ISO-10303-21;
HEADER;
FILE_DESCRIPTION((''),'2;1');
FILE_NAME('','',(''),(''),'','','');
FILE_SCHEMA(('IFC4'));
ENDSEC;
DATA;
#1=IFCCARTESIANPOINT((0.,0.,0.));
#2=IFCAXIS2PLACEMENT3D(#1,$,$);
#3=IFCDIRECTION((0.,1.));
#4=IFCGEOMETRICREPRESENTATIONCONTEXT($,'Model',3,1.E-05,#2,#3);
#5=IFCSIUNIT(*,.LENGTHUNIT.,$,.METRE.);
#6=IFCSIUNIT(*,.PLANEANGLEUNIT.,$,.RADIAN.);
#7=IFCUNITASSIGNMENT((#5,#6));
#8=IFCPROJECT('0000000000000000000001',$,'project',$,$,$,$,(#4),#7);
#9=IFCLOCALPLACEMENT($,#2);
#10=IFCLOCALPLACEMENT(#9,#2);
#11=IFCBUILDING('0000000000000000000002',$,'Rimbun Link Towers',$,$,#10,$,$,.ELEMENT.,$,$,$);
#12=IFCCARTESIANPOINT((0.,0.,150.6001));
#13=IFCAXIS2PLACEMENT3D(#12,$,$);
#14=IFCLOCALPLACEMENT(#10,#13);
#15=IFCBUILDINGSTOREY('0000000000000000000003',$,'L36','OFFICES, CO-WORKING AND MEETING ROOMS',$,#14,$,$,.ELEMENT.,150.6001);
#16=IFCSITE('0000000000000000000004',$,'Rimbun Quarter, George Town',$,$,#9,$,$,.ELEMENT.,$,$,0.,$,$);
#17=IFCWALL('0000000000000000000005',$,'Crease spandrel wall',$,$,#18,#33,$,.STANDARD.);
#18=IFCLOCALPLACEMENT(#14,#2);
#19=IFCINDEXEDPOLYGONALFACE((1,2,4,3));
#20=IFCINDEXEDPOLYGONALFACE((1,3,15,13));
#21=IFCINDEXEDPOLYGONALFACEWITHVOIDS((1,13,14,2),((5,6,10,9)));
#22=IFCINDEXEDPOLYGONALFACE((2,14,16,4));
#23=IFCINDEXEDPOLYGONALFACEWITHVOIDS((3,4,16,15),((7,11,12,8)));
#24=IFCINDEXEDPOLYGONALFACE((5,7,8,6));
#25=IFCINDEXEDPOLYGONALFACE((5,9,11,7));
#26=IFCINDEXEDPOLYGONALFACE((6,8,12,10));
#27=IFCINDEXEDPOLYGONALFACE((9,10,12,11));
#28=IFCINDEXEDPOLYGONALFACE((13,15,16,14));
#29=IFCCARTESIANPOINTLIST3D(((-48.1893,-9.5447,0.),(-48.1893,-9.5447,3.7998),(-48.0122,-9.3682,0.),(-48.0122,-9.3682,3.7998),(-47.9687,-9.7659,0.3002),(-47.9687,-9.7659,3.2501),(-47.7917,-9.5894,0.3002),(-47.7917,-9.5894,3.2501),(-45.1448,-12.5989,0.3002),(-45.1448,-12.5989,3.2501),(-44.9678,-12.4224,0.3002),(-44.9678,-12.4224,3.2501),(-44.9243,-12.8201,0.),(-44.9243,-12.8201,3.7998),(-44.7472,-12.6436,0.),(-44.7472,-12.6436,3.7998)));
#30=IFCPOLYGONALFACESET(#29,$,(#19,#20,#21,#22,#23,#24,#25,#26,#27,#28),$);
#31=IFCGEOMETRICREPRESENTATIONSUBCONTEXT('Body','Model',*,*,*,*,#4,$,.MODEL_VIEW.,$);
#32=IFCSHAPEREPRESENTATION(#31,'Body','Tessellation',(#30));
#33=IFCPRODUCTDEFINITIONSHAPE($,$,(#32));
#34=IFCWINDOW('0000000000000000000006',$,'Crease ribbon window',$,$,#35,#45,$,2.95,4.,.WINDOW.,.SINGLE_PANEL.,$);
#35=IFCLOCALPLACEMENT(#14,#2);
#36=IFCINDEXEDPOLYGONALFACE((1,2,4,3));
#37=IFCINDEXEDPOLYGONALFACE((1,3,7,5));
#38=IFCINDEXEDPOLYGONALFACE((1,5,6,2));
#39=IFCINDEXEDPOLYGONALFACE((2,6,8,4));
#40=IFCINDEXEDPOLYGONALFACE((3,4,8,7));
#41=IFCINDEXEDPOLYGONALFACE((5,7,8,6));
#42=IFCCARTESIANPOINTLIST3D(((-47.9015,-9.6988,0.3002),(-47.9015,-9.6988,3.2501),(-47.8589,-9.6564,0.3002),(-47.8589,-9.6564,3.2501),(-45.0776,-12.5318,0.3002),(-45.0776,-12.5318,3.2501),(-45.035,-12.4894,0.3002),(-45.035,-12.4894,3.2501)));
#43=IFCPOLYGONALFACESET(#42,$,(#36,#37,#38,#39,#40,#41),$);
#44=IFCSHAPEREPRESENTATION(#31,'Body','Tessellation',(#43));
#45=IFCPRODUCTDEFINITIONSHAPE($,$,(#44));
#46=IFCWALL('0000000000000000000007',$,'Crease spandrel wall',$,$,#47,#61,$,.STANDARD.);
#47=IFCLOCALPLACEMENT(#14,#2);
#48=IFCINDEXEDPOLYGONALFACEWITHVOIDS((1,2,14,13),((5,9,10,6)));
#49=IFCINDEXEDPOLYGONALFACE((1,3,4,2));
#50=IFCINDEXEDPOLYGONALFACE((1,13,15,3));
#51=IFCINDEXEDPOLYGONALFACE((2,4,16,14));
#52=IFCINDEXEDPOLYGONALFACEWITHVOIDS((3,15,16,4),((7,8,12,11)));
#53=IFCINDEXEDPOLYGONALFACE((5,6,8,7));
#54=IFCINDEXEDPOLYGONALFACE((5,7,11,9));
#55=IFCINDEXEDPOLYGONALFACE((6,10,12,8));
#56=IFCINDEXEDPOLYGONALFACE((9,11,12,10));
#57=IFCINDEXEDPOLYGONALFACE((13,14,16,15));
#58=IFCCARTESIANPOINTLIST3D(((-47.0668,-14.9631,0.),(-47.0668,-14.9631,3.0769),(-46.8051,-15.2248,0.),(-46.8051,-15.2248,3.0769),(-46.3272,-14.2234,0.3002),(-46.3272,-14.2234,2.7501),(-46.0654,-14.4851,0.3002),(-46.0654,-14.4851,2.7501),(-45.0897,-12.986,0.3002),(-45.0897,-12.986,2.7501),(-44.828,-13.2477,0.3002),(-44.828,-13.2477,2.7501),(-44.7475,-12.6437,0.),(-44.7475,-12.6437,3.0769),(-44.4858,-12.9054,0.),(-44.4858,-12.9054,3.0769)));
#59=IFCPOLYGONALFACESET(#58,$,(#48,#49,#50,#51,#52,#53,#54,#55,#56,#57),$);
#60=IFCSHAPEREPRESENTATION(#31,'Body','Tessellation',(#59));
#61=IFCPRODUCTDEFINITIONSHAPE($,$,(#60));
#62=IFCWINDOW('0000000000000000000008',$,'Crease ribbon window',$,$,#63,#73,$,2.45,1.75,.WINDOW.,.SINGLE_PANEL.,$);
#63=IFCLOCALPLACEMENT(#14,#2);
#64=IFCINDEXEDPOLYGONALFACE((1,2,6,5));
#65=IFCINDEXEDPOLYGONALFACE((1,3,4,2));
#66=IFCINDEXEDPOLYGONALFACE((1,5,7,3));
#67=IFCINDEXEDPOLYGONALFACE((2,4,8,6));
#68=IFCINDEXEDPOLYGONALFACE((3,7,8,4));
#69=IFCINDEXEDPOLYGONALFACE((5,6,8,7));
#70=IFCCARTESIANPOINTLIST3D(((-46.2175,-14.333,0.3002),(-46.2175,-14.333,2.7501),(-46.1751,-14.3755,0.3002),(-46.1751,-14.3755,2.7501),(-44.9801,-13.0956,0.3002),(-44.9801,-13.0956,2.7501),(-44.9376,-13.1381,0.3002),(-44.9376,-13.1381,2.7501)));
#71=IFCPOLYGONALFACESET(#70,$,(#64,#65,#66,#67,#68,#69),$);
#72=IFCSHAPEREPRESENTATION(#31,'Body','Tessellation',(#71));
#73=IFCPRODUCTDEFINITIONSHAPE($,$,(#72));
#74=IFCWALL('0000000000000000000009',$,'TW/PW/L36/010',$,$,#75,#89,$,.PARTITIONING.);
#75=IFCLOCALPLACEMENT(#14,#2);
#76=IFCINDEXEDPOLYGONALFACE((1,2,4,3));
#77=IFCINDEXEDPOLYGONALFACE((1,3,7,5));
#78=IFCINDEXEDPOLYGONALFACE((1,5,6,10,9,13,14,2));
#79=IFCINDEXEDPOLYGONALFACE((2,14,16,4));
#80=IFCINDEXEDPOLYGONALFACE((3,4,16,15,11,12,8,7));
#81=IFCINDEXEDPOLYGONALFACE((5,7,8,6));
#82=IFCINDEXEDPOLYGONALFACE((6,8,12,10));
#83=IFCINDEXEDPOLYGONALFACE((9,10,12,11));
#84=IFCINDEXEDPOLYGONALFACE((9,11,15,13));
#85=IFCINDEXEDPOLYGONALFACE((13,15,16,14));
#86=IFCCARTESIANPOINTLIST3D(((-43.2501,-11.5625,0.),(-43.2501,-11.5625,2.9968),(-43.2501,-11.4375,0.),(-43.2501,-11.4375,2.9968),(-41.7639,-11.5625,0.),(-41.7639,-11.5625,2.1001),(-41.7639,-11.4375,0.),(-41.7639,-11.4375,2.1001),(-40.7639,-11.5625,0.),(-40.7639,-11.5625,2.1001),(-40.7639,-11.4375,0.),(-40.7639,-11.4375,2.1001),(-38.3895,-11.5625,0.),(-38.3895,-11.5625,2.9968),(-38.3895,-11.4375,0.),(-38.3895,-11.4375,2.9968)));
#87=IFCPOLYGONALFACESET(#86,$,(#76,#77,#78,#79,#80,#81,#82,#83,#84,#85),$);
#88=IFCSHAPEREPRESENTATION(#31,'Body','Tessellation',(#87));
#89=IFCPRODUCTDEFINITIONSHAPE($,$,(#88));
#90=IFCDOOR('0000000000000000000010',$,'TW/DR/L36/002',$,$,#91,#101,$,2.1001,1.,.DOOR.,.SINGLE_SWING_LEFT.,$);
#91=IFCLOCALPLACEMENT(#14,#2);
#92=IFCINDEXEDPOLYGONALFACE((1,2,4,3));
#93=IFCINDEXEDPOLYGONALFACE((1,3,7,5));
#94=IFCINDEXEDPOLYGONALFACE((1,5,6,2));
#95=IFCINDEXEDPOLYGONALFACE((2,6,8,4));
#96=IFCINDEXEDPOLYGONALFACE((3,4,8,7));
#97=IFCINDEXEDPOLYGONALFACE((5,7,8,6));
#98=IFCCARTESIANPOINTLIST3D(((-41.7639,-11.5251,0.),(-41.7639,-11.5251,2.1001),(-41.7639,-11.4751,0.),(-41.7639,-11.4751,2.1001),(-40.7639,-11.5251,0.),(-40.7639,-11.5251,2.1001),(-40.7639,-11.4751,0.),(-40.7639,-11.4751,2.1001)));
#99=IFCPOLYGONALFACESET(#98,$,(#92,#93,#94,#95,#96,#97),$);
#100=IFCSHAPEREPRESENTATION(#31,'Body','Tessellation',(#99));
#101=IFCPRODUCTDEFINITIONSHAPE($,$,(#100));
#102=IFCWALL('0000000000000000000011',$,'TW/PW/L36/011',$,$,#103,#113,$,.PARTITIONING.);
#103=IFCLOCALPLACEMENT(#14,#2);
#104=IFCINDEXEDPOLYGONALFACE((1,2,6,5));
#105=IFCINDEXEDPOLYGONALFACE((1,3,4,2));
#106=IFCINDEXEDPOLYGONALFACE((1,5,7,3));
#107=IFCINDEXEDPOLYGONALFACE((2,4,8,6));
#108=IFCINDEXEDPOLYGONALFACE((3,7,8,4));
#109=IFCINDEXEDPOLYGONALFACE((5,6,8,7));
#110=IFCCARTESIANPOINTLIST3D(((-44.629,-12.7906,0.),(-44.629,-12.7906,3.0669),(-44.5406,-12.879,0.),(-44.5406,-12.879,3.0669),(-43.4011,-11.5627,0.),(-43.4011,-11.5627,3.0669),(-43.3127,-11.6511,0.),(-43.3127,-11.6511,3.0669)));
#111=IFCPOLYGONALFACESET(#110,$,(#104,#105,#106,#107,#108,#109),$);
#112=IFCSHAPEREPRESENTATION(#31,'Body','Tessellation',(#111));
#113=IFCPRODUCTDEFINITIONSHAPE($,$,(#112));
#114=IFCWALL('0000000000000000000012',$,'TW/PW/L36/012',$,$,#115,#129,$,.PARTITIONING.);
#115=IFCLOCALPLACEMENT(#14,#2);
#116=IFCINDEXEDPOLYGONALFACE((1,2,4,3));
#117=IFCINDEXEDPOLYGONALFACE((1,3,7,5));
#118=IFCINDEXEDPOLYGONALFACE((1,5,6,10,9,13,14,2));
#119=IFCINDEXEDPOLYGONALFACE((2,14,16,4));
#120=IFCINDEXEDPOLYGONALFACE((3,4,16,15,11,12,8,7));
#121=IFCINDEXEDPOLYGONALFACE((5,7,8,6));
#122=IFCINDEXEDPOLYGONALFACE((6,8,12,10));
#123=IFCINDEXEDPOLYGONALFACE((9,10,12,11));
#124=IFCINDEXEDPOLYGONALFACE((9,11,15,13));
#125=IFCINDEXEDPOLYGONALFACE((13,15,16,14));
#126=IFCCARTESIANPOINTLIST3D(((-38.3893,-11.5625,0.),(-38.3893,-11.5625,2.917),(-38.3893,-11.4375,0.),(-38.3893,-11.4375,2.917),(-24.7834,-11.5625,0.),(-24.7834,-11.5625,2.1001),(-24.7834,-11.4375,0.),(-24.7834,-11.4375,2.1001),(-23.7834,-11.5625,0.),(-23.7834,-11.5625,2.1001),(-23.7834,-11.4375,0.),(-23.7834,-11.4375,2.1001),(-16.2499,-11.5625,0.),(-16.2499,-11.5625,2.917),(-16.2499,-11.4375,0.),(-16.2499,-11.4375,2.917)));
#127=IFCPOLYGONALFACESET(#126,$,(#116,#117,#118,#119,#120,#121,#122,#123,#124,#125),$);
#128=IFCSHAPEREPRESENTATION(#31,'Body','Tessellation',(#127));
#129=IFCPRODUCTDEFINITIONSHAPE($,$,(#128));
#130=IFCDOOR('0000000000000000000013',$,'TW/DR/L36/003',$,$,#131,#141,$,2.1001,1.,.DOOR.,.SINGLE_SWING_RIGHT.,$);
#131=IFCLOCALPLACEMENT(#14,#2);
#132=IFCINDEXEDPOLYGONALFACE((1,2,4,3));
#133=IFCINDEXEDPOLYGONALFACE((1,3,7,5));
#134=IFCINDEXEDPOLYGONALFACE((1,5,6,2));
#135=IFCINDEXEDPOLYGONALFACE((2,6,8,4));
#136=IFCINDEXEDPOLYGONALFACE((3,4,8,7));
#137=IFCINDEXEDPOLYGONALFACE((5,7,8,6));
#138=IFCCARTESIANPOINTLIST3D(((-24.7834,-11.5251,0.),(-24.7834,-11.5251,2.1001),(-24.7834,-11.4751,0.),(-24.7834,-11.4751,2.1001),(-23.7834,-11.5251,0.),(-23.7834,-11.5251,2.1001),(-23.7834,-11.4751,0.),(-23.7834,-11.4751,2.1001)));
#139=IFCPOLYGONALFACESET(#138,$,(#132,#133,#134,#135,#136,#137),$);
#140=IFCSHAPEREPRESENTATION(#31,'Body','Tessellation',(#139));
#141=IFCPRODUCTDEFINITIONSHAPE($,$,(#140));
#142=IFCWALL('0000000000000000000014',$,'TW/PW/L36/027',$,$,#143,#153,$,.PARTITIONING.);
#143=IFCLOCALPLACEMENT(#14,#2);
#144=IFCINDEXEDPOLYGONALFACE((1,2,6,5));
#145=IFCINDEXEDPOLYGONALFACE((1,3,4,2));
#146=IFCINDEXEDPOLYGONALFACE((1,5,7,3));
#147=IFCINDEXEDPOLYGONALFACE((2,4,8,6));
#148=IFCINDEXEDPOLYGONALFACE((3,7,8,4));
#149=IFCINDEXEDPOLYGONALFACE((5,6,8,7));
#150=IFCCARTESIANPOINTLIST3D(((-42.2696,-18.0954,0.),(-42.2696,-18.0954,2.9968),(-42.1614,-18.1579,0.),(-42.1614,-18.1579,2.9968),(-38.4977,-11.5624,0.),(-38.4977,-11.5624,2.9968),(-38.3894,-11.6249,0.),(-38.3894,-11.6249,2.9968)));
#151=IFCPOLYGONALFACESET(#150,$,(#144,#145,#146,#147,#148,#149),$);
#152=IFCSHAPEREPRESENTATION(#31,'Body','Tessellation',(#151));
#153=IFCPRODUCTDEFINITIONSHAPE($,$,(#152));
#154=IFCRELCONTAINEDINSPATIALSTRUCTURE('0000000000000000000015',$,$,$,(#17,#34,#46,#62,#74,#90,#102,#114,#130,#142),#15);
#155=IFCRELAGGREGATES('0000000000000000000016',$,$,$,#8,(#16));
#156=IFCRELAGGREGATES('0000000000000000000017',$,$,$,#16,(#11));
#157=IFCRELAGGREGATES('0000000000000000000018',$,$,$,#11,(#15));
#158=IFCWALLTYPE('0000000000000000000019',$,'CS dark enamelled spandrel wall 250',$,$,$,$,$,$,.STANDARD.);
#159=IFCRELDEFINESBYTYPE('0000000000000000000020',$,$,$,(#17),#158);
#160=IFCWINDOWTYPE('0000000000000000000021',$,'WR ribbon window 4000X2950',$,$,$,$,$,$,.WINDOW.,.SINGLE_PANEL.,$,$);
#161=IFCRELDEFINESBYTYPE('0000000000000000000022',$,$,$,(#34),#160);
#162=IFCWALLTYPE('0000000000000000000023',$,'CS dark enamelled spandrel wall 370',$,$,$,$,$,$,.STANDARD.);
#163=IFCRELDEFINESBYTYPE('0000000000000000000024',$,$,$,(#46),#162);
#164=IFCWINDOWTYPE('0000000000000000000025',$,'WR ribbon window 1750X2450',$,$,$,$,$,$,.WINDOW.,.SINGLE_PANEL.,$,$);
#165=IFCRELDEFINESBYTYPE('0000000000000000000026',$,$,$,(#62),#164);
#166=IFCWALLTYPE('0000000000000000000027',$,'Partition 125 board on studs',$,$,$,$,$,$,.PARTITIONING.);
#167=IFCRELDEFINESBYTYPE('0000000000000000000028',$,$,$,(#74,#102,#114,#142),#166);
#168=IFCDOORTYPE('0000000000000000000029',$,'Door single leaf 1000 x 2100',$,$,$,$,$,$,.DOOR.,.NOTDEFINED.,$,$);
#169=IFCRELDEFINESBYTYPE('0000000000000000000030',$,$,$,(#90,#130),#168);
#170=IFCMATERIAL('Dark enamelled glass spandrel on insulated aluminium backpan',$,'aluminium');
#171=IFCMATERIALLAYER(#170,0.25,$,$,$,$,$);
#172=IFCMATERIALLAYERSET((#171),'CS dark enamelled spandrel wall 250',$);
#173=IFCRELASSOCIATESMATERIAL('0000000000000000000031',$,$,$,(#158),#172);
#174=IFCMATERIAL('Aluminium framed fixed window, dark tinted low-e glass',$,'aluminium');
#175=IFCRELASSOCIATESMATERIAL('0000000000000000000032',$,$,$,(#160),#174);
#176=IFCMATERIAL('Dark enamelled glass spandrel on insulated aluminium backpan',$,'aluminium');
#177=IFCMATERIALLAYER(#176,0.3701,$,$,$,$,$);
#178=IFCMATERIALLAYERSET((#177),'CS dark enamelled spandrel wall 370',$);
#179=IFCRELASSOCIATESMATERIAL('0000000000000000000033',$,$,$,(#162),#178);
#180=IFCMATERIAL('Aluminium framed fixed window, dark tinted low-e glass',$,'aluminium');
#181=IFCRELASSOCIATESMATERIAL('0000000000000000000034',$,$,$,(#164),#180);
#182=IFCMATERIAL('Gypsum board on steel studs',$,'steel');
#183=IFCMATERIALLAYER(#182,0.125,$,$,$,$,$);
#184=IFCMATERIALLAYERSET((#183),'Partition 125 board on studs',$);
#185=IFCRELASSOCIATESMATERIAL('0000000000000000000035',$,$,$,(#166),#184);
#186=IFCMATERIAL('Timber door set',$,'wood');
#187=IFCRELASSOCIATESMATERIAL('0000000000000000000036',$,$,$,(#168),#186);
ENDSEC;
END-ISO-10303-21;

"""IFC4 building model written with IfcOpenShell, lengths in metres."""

from ifc_helpers import new_model, si_unit, direction, frame, frame_2d, origin, place, context, subcontext, project, spatial, rectangle, extrude, material, layer, layer_set, type_object, element, fill, save


model = new_model("IFC4")

# Units and contexts
model_context = context("Model", 3, precision=1e-05, world=origin(), true_north=direction((0.0, 1.0)))
body_context = subcontext(model_context, "Body", "Model", "MODEL_VIEW")
ifc_project = project(units=[si_unit("LENGTHUNIT", "METRE"), si_unit("PLANEANGLEUNIT", "RADIAN")], contexts=[model_context])

# Site, building, storey
site_placement = place(None, origin())
site = spatial("IfcSite", under=ifc_project, at=site_placement, Name="Rimbun Quarter, George Town", CompositionType="ELEMENT", RefElevation=0.0)
building_placement = place(site_placement, origin())
building = spatial("IfcBuilding", under=site, at=building_placement, Name="Rimbun Link Towers", CompositionType="ELEMENT")
storey_placement = place(building_placement, frame((0.0, 0.0, 150.6001)))
storey = spatial("IfcBuildingStorey", under=building, at=storey_placement, Name="L36", Description="OFFICES, CO-WORKING AND MEETING ROOMS", CompositionType="ELEMENT", Elevation=150.6001)

# Walls, openings, windows
ifc_material_1 = material(Name="Dark enamelled glass spandrel on insulated aluminium backpan", Category="aluminium")
ifc_layer_1 = layer(ifc_material_1, 0.25)
ifc_layer_set_1 = layer_set([ifc_layer_1], Name="CS dark enamelled spandrel wall 250")
wall_type_1 = type_object("IfcWallType", Name="CS dark enamelled spandrel wall 250", PredefinedType="STANDARD", material=ifc_layer_set_1)
wall_1_placement = place(storey_placement, frame((-44.8357, -12.7319, 0.0), z_axis=(0.0, 0.0, 1.0), x_axis=(-0.705971, 0.708241, 0.0)))
wall_1 = element("IfcWall", 1, at=wall_1_placement, inside=storey, type_object=wall_type_1, Name="Crease spandrel wall", PredefinedType="STANDARD", context=body_context, shape_type="SweptSolid", body=[
    extrude(rectangle(XDim=4.6248, YDim=0.25, at=frame_2d((2.3125, 0.0))), origin(), (0.0, 0.0, 1.0), 3.7998),
])
opening_1_placement = place(wall_1_placement, frame((0.3125, 0.0, 0.3)))
opening_1 = element("IfcOpeningElement", 2, at=opening_1_placement, cuts=wall_1, PredefinedType="OPENING", context=body_context, shape_type="SweptSolid", body=[
    extrude(rectangle(XDim=4.0, YDim=2.95, at=frame_2d((2.0, 1.4751))), frame((0.0, 0.135, 0.0), z_axis=(0.0, -1.0, 0.0), x_axis=(1.0, 0.0, 0.0)), (0.0, 0.0, 1.0), 0.27),
])
ifc_material_2 = material(Name="Aluminium framed fixed window, dark tinted low-e glass", Category="aluminium")
window_type_1 = type_object("IfcWindowType", Name="WR ribbon window 4000X2950", PartitioningType="SINGLE_PANEL", PredefinedType="WINDOW", material=ifc_material_2)
window_1_placement = place(opening_1_placement, origin())
window_1 = element("IfcWindow", 3, at=window_1_placement, inside=storey, type_object=window_type_1, Name="Crease ribbon window", OverallHeight=2.95, OverallWidth=4.0, PartitioningType="SINGLE_PANEL", PredefinedType="WINDOW", context=body_context, shape_type="SweptSolid", body=[
    extrude(rectangle(XDim=4.0, YDim=2.95, at=frame_2d((2.0, 1.4751))), frame((0.0, 0.03, 0.0), z_axis=(0.0, -1.0, 0.0), x_axis=(1.0, 0.0, 0.0)), (0.0, 0.0, 1.0), 0.0601),
])
fill(opening_1, window_1)
ifc_material_3 = material(Name="Dark enamelled glass spandrel on insulated aluminium backpan", Category="aluminium")
ifc_layer_2 = layer(ifc_material_3, 0.3701)
ifc_layer_set_2 = layer_set([ifc_layer_2], Name="CS dark enamelled spandrel wall 370")
wall_type_2 = type_object("IfcWallType", Name="CS dark enamelled spandrel wall 370", PredefinedType="STANDARD", material=ifc_layer_set_2)
wall_2_placement = place(storey_placement, frame((-46.936, -15.094, 0.0), z_axis=(0.0, 0.0, 1.0), x_axis=(0.707107, 0.707107, 0.0)))
wall_2 = element("IfcWall", 4, at=wall_2_placement, inside=storey, type_object=wall_type_2, Name="Crease spandrel wall", PredefinedType="STANDARD", context=body_context, shape_type="SweptSolid", body=[
    extrude(rectangle(XDim=3.28, YDim=0.3701, at=frame_2d((1.6401, 0.0))), origin(), (0.0, 0.0, 1.0), 3.0769),
])
opening_2_placement = place(wall_2_placement, frame((1.0461, 0.0, 0.3)))
opening_2 = element("IfcOpeningElement", 5, at=opening_2_placement, cuts=wall_2, PredefinedType="OPENING", context=body_context, shape_type="SweptSolid", body=[
    extrude(rectangle(XDim=1.75, YDim=2.45, at=frame_2d((0.875, 1.2251))), frame((0.0, 0.1951, 0.0), z_axis=(0.0, -1.0, 0.0), x_axis=(1.0, 0.0, 0.0)), (0.0, 0.0, 1.0), 0.3901),
])
ifc_material_4 = material(Name="Aluminium framed fixed window, dark tinted low-e glass", Category="aluminium")
window_type_2 = type_object("IfcWindowType", Name="WR ribbon window 1750X2450", PartitioningType="SINGLE_PANEL", PredefinedType="WINDOW", material=ifc_material_4)
window_2_placement = place(opening_2_placement, origin())
window_2 = element("IfcWindow", 6, at=window_2_placement, inside=storey, type_object=window_type_2, Name="Crease ribbon window", OverallHeight=2.45, OverallWidth=1.75, PartitioningType="SINGLE_PANEL", PredefinedType="WINDOW", context=body_context, shape_type="SweptSolid", body=[
    extrude(rectangle(XDim=1.75, YDim=2.45, at=frame_2d((0.875, 1.2251))), frame((0.0, 0.03, 0.0), z_axis=(0.0, -1.0, 0.0), x_axis=(1.0, 0.0, 0.0)), (0.0, 0.0, 1.0), 0.0601),
])
fill(opening_2, window_2)

# Wall, opening, door
ifc_material_5 = material(Name="Gypsum board on steel studs", Category="steel")
ifc_layer_3 = layer(ifc_material_5, 0.125)
ifc_layer_set_3 = layer_set([ifc_layer_3], Name="Partition 125 board on studs")
wall_type_3 = type_object("IfcWallType", Name="Partition 125 board on studs", PredefinedType="PARTITIONING", material=ifc_layer_set_3)
wall_3_placement = place(storey_placement, frame((-43.25, -11.5, 0.0), z_axis=(0.0, 0.0, 1.0), x_axis=(1.0, 0.0, 0.0)))
wall_3 = element("IfcWall", 7, at=wall_3_placement, inside=storey, type_object=wall_type_3, Name="TW/PW/L36/010", PredefinedType="PARTITIONING", context=body_context, shape_type="SweptSolid", body=[
    extrude(rectangle(XDim=4.8606, YDim=0.125, at=frame_2d((2.4302, 0.0))), origin(), (0.0, 0.0, 1.0), 2.9968),
])
opening_3_placement = place(wall_3_placement, frame((1.4861, 0.0, 0.0)))
opening_3 = element("IfcOpeningElement", 8, at=opening_3_placement, cuts=wall_3, PredefinedType="OPENING", context=body_context, shape_type="SweptSolid", body=[
    extrude(rectangle(XDim=1.0, YDim=2.1001, at=frame_2d((0.5, 1.05))), frame((0.0, 0.0725, 0.0), z_axis=(0.0, -1.0, 0.0), x_axis=(1.0, 0.0, 0.0)), (0.0, 0.0, 1.0), 0.145),
])
ifc_material_6 = material(Name="Timber door set", Category="wood")
door_type = type_object("IfcDoorType", Name="Door single leaf 1000 x 2100", OperationType="NOTDEFINED", PredefinedType="DOOR", material=ifc_material_6)
door_1_placement = place(opening_3_placement, origin())
door_1 = element("IfcDoor", 9, at=door_1_placement, inside=storey, type_object=door_type, Name="TW/DR/L36/002", OperationType="SINGLE_SWING_LEFT", OverallHeight=2.1001, OverallWidth=1.0, PredefinedType="DOOR", context=body_context, shape_type="SweptSolid", body=[
    extrude(rectangle(XDim=1.0, YDim=2.1001, at=frame_2d((0.5, 1.05))), frame((0.0, 0.0249, 0.0), z_axis=(0.0, -1.0, 0.0), x_axis=(1.0, 0.0, 0.0)), (0.0, 0.0, 1.0), 0.05),
])
fill(opening_3, door_1)

# Wall
wall_4_placement = place(storey_placement, frame((-44.5847, -12.8347, 0.0), z_axis=(0.0, 0.0, 1.0), x_axis=(0.707107, 0.707107, 0.0)))
element("IfcWall", 10, at=wall_4_placement, inside=storey, type_object=wall_type_3, Name="TW/PW/L36/011", PredefinedType="PARTITIONING", context=body_context, shape_type="SweptSolid", body=[
    extrude(rectangle(XDim=1.7366, YDim=0.125, at=frame_2d((0.8682, 0.0))), origin(), (0.0, 0.0, 1.0), 3.0669),
])

# Wall, opening, door
wall_5_placement = place(storey_placement, frame((-38.3894, -11.5, 0.0), z_axis=(0.0, 0.0, 1.0), x_axis=(1.0, 0.0, 0.0)))
wall_5 = element("IfcWall", 11, at=wall_5_placement, inside=storey, type_object=wall_type_3, Name="TW/PW/L36/012", PredefinedType="PARTITIONING", context=body_context, shape_type="SweptSolid", body=[
    extrude(rectangle(XDim=22.1394, YDim=0.125, at=frame_2d((11.0698, 0.0))), origin(), (0.0, 0.0, 1.0), 2.917),
])
opening_4_placement = place(wall_5_placement, frame((13.606, 0.0, 0.0)))
opening_4 = element("IfcOpeningElement", 12, at=opening_4_placement, cuts=wall_5, PredefinedType="OPENING", context=body_context, shape_type="SweptSolid", body=[
    extrude(rectangle(XDim=1.0, YDim=2.1001, at=frame_2d((0.5, 1.05))), frame((0.0, 0.0725, 0.0), z_axis=(0.0, -1.0, 0.0), x_axis=(1.0, 0.0, 0.0)), (0.0, 0.0, 1.0), 0.145),
])
door_2_placement = place(opening_4_placement, origin())
door_2 = element("IfcDoor", 13, at=door_2_placement, inside=storey, type_object=door_type, Name="TW/DR/L36/003", OperationType="SINGLE_SWING_RIGHT", OverallHeight=2.1001, OverallWidth=1.0, PredefinedType="DOOR", context=body_context, shape_type="SweptSolid", body=[
    extrude(rectangle(XDim=1.0, YDim=2.1001, at=frame_2d((0.5, 1.05))), frame((0.0, 0.0249, 0.0), z_axis=(0.0, -1.0, 0.0), x_axis=(1.0, 0.0, 0.0)), (0.0, 0.0, 1.0), 0.05),
])
fill(opening_4, door_2)

# Wall
wall_6_placement = place(storey_placement, frame((-42.2156, -18.1267, 0.0), z_axis=(0.0, 0.0, 1.0), x_axis=(0.500017, 0.866016, 0.0)))
element("IfcWall", 14, at=wall_6_placement, inside=storey, type_object=wall_type_3, Name="TW/PW/L36/027", PredefinedType="PARTITIONING", context=body_context, shape_type="SweptSolid", body=[
    extrude(rectangle(XDim=7.5437, YDim=0.125, at=frame_2d((3.772, 0.0))), origin(), (0.0, 0.0, 1.0), 2.9968),
])

save(model, "model.ifc")
